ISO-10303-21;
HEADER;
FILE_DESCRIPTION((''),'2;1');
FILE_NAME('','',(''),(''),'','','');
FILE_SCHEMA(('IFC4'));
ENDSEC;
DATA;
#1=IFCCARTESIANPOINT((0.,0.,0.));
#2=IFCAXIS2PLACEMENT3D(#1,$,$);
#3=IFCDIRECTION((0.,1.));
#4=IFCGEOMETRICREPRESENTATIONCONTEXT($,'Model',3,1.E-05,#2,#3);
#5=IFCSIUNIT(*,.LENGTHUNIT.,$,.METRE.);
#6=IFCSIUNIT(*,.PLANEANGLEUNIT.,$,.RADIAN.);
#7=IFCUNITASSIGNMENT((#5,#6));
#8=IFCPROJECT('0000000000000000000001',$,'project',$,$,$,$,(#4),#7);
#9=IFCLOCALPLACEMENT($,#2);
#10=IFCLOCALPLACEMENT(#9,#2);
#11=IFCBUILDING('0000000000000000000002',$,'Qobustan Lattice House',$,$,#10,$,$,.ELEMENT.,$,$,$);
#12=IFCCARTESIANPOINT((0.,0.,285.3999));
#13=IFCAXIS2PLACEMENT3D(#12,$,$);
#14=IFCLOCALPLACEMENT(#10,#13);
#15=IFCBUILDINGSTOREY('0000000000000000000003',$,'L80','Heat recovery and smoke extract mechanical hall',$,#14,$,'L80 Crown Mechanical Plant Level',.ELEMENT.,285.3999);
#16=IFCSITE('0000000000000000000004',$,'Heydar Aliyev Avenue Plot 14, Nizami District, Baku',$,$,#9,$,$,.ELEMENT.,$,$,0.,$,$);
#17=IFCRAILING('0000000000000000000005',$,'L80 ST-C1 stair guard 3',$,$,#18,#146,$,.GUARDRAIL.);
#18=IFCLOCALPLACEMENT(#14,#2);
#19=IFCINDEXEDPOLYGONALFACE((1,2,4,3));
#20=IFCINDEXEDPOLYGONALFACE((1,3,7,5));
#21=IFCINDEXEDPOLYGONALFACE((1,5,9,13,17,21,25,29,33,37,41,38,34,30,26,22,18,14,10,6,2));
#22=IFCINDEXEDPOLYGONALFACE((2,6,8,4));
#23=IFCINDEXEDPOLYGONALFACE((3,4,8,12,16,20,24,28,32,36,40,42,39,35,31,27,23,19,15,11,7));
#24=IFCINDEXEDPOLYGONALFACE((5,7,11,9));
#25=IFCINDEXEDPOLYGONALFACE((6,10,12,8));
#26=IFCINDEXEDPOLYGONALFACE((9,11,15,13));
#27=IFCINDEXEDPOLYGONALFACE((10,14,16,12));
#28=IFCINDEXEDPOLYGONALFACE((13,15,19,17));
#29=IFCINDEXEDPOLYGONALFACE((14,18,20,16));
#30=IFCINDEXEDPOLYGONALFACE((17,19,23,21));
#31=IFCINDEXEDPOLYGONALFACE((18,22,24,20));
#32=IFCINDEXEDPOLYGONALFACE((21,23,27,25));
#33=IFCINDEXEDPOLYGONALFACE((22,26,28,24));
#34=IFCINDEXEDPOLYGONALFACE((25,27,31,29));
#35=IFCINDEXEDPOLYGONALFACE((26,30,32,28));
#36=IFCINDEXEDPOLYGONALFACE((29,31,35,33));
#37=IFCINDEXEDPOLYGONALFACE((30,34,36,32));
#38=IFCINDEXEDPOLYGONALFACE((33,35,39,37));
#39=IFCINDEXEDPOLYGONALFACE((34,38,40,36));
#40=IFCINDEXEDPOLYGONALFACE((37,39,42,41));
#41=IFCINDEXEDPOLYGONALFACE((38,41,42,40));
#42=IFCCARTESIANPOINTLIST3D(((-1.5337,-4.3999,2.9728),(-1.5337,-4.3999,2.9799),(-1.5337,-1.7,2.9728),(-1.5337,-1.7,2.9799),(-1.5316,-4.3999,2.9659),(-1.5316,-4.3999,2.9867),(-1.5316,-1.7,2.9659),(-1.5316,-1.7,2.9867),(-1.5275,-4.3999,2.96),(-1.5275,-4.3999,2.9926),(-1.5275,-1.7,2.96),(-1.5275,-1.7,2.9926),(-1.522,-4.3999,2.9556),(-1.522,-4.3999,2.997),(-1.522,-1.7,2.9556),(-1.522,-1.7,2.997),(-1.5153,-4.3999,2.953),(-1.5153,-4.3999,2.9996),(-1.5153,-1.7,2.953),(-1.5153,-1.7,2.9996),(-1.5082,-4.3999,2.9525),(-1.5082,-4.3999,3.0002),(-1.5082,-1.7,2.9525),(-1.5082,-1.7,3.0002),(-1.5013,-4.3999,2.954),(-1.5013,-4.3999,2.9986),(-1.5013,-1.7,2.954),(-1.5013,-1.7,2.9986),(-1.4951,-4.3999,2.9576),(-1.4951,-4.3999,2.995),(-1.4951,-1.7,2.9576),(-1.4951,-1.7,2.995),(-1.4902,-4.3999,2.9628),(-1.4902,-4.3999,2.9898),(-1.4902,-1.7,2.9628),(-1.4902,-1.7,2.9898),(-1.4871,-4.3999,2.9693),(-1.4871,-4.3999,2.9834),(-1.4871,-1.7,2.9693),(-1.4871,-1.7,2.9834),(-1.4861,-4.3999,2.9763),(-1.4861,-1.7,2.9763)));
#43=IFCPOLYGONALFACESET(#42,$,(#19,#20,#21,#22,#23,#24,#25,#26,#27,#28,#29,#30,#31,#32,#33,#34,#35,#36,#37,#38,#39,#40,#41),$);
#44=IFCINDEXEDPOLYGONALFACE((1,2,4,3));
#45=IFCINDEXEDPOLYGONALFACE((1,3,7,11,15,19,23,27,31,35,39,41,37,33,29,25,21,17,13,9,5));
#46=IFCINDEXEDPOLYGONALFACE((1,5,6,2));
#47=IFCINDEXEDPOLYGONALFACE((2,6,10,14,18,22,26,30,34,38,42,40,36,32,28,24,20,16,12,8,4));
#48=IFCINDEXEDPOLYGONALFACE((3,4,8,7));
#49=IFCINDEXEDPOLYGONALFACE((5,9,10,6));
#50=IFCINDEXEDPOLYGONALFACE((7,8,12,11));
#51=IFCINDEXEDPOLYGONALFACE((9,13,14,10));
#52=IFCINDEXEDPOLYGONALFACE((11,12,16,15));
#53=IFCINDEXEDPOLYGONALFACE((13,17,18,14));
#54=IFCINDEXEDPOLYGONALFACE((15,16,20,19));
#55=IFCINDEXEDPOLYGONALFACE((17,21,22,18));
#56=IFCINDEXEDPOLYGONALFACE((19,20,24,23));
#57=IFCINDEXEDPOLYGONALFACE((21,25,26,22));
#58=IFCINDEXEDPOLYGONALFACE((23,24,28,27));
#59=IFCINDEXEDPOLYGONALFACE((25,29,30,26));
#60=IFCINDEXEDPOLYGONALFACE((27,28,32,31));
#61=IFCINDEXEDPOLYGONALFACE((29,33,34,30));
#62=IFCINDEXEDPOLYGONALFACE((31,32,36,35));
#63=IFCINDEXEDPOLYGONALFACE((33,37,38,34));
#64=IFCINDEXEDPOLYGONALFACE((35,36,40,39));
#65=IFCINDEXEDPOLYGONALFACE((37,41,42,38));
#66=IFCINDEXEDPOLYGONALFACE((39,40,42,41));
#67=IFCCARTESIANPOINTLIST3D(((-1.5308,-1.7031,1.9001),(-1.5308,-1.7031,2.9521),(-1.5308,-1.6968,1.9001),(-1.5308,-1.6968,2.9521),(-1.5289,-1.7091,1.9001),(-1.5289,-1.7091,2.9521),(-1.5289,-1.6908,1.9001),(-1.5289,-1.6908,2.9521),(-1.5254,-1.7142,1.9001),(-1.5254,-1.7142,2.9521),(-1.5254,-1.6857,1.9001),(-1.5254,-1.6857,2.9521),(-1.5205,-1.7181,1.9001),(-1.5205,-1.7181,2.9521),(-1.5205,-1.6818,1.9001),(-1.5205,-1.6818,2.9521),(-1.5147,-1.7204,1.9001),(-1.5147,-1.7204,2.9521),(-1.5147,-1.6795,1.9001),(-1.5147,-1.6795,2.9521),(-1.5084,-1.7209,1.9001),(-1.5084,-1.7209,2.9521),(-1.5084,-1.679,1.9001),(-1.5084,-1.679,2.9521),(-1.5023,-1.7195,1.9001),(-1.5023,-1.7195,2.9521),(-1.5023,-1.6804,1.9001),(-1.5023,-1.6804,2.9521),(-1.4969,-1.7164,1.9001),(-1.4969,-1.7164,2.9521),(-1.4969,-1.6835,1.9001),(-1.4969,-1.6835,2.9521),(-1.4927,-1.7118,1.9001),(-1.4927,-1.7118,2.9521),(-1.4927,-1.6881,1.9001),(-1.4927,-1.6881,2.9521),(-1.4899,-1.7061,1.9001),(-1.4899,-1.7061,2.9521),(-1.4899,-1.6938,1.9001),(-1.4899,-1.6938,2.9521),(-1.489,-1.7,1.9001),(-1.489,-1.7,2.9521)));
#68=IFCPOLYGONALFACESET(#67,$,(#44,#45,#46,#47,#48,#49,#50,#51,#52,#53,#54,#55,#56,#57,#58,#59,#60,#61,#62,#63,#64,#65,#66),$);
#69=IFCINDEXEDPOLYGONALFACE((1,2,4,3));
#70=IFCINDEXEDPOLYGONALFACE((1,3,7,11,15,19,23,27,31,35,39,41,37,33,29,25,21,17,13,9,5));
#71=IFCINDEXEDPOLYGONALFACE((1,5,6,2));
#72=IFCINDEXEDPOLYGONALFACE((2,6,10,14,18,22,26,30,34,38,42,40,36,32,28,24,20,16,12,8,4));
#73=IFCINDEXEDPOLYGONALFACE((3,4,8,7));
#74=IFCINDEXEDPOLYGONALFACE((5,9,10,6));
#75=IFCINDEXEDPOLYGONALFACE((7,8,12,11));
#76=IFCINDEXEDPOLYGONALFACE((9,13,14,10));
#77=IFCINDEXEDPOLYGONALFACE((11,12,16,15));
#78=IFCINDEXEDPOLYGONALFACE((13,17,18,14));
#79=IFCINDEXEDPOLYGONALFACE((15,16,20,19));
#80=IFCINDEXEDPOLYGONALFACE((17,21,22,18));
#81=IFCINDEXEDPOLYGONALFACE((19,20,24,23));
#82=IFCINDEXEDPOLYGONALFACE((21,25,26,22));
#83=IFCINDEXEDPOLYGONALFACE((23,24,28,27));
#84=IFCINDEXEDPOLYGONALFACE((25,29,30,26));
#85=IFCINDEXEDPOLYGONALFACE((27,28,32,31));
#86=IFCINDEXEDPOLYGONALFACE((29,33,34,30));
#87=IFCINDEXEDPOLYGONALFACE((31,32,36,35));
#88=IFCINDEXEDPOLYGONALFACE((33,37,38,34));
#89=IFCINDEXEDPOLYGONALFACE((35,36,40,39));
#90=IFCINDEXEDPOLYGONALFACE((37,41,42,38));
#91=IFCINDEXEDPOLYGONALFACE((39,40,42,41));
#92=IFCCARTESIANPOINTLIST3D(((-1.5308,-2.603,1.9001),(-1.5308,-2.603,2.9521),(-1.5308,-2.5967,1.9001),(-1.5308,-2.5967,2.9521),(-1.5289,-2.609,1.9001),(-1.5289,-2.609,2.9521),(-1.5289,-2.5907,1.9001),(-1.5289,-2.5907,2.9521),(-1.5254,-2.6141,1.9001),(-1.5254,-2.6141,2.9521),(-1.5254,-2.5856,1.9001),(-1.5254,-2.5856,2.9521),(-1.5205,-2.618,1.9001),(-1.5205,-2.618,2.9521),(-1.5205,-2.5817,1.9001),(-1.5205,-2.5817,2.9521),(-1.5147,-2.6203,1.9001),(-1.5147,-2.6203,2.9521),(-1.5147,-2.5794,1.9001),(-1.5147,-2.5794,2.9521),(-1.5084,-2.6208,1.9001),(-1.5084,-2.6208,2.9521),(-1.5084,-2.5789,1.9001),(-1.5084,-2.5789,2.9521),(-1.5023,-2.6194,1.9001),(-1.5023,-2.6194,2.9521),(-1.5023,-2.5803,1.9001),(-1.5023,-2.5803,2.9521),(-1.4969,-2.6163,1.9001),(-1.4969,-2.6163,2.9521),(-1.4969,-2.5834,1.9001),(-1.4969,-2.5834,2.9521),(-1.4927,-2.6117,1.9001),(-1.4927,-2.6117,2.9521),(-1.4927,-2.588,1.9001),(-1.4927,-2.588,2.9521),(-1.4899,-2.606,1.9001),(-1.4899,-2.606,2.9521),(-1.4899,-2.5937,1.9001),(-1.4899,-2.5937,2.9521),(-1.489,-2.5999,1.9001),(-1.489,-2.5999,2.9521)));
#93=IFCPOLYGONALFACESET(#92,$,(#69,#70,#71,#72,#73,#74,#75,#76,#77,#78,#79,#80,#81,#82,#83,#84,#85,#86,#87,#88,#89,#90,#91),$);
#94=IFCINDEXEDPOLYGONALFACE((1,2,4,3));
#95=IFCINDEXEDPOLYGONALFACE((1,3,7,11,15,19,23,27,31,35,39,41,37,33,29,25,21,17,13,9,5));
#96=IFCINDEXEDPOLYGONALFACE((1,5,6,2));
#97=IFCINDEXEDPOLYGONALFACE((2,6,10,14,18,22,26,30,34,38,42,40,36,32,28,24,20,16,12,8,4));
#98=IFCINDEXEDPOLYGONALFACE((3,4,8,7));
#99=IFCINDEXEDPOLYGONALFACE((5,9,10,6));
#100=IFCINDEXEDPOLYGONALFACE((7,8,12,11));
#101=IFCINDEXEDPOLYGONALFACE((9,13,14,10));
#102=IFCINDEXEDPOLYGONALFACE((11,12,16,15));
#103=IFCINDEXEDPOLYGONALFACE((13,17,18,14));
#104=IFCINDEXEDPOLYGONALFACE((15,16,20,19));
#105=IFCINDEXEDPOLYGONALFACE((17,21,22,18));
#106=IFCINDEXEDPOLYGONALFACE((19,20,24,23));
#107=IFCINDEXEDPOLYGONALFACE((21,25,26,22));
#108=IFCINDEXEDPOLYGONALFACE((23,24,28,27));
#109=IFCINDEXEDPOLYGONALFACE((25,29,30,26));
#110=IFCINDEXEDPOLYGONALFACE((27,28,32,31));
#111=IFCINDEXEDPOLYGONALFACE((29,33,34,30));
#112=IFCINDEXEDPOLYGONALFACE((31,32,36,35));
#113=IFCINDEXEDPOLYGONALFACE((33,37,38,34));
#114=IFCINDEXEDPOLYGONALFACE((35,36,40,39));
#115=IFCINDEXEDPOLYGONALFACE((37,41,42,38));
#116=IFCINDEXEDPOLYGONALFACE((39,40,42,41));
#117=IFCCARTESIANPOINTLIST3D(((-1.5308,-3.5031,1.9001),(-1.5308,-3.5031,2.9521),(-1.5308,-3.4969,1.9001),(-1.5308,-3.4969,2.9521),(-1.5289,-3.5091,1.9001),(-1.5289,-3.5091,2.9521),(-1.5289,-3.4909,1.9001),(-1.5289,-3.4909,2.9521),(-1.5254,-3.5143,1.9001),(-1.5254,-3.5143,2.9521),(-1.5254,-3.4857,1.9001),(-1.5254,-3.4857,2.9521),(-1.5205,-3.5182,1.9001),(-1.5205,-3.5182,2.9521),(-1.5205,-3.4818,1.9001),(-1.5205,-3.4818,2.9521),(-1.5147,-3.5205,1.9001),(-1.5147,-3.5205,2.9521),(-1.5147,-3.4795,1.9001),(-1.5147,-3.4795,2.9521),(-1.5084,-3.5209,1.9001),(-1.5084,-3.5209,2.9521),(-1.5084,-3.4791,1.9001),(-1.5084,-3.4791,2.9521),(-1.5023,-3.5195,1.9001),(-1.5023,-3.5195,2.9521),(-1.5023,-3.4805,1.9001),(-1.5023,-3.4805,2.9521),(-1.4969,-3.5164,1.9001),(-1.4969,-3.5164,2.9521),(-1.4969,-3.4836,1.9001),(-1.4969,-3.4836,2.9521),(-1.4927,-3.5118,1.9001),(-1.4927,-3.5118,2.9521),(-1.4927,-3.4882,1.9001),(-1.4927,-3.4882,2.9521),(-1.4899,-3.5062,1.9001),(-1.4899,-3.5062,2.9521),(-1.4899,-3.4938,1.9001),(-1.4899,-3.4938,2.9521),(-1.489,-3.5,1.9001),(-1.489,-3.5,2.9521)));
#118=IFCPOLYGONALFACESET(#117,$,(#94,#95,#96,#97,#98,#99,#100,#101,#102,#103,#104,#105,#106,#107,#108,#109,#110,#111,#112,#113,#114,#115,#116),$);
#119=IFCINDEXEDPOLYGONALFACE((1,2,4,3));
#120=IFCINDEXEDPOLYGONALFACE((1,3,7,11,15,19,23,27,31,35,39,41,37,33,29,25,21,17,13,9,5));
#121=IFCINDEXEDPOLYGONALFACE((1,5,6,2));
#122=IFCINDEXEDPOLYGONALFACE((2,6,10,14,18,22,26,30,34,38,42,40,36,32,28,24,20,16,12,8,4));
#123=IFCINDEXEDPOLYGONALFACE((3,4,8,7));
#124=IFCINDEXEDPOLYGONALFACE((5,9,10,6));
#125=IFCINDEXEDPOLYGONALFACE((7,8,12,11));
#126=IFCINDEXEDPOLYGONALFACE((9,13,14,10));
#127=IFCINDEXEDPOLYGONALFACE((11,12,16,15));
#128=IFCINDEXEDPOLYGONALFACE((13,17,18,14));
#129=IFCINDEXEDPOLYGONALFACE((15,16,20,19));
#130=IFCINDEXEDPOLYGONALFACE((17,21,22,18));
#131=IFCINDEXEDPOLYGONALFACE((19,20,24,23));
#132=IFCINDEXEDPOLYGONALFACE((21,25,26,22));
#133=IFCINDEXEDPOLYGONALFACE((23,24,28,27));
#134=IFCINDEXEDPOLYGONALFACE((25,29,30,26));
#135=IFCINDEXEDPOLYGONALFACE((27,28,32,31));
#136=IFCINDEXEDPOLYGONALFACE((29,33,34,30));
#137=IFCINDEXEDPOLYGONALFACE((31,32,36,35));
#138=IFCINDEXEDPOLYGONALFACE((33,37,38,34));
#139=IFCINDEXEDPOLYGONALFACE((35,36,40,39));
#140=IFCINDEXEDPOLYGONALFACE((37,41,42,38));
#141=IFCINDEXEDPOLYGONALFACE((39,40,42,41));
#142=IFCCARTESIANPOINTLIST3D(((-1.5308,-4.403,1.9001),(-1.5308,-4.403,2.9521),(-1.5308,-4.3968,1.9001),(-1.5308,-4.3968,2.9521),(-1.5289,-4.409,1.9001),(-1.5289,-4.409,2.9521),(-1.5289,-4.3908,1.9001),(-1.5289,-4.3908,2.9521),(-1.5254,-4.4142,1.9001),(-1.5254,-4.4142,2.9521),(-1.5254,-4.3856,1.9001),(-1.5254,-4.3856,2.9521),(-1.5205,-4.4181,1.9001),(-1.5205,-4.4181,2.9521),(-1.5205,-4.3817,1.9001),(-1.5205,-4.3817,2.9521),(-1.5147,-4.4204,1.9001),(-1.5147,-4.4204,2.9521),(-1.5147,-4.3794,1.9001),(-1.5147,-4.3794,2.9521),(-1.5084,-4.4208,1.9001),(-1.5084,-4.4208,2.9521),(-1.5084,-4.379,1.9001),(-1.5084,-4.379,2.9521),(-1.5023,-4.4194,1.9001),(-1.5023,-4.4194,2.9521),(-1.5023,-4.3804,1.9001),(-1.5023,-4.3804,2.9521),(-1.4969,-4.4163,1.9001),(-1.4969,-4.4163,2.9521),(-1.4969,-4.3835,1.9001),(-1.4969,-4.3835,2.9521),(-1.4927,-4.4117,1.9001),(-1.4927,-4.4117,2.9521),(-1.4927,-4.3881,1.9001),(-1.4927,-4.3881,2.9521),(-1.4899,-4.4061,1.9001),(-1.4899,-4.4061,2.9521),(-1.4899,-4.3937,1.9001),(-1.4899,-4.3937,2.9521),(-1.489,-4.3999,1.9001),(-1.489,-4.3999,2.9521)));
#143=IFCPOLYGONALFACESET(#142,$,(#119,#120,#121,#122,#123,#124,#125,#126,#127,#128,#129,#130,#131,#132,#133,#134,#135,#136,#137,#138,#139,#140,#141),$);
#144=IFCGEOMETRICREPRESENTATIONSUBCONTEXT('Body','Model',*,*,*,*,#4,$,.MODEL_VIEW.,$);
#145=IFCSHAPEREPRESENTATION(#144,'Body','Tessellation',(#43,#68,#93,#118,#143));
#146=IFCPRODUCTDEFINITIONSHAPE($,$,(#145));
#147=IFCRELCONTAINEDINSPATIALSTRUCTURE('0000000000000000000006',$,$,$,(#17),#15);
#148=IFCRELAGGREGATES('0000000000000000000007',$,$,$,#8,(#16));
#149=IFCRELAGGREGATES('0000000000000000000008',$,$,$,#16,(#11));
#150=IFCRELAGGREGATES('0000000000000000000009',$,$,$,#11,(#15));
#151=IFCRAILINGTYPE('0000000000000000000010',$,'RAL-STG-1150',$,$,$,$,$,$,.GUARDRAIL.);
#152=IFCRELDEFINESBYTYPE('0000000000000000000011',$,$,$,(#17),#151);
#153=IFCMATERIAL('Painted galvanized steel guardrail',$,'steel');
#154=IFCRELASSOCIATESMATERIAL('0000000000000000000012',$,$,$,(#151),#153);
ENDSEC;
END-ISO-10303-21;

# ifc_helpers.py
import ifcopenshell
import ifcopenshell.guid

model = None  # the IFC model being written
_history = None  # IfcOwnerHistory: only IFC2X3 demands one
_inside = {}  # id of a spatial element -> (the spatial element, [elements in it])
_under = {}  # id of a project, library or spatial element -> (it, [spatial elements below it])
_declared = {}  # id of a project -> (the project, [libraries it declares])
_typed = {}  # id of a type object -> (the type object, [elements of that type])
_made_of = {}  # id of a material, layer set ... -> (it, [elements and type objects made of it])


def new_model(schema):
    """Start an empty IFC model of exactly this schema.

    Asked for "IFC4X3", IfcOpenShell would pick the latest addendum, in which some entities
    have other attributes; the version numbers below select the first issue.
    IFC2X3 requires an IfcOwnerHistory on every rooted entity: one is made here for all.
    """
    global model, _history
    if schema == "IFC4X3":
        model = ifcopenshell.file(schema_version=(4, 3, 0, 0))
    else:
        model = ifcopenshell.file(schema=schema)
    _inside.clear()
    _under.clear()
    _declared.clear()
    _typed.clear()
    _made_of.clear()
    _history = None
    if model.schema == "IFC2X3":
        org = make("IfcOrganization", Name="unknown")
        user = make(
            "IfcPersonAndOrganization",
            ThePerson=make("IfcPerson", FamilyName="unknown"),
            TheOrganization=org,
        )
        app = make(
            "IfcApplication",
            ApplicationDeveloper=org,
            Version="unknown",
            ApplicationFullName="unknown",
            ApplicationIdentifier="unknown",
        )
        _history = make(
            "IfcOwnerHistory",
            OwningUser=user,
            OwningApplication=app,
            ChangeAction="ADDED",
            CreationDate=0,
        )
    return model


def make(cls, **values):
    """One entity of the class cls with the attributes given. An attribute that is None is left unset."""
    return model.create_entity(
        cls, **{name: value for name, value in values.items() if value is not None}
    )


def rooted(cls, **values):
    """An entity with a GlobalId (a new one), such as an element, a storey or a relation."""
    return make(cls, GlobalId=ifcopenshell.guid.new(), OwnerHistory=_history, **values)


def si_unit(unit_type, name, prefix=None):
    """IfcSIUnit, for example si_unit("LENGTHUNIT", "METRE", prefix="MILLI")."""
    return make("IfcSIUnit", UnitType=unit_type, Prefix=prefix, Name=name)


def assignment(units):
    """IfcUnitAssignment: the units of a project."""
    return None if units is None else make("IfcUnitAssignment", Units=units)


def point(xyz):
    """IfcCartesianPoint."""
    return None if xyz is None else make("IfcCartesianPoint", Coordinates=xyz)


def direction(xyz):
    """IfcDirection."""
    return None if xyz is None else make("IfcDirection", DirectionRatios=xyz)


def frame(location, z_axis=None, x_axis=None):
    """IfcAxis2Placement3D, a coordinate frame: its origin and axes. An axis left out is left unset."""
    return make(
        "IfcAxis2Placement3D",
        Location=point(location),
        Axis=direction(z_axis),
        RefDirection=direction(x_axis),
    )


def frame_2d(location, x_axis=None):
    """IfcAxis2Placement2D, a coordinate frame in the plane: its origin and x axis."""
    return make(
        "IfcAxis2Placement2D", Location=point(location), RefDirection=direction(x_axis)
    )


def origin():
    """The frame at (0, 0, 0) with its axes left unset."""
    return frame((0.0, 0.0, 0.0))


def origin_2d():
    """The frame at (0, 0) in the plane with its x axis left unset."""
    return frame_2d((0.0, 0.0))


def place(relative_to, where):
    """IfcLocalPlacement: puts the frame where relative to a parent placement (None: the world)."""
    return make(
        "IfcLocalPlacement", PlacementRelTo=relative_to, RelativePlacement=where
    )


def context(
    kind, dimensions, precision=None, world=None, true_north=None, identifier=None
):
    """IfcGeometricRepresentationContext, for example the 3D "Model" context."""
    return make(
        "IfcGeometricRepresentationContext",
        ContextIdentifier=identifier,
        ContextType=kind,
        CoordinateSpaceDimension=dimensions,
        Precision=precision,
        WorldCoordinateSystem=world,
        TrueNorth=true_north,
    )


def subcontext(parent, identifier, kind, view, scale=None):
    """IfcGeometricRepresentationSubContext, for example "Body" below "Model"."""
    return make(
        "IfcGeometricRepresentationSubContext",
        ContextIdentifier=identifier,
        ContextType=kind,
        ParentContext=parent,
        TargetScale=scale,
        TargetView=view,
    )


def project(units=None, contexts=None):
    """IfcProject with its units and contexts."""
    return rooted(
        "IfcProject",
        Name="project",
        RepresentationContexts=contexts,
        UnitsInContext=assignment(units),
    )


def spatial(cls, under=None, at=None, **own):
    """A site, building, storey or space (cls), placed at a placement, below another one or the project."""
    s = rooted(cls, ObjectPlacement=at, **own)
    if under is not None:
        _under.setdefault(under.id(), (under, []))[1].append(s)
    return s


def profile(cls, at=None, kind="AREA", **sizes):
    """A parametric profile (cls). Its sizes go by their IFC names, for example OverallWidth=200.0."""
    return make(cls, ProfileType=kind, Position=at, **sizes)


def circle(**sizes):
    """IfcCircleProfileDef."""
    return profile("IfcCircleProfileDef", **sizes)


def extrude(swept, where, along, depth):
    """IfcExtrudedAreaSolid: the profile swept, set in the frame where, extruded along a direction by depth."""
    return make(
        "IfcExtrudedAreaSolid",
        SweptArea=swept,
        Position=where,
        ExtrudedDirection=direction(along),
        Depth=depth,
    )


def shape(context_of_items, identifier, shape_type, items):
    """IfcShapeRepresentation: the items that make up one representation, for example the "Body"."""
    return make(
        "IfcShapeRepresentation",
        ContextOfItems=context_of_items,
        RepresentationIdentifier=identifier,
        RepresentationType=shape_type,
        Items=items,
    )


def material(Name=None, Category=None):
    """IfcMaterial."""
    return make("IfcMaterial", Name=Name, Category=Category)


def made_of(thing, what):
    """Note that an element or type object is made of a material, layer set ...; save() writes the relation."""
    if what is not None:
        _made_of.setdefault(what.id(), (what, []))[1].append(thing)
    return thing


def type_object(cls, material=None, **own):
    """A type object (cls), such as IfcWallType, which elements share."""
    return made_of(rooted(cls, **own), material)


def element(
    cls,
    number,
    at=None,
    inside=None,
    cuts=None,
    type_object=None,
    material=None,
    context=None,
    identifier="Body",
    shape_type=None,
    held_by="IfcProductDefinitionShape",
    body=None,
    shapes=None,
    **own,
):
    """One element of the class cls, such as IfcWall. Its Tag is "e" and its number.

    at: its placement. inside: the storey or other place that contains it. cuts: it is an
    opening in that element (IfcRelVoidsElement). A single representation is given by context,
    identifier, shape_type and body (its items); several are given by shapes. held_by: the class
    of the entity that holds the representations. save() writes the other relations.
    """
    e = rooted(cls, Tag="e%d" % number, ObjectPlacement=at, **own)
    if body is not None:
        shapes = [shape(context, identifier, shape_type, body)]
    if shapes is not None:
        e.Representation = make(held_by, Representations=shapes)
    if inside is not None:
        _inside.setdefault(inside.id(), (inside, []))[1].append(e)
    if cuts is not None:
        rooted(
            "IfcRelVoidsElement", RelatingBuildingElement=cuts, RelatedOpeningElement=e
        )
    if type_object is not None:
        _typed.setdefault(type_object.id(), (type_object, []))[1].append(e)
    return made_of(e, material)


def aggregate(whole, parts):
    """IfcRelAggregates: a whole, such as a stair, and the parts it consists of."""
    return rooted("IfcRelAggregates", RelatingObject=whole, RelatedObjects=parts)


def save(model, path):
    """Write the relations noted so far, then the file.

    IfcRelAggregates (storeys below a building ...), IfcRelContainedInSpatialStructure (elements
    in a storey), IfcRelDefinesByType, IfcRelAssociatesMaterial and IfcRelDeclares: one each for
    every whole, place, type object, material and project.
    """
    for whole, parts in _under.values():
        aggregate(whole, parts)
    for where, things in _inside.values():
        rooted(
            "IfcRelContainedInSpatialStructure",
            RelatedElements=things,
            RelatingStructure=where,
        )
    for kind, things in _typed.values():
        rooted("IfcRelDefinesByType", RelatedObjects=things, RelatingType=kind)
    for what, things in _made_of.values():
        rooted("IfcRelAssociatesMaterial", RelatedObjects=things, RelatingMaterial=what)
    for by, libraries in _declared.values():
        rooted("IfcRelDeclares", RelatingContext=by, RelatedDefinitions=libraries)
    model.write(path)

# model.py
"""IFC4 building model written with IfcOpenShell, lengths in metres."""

from ifc_helpers import new_model, si_unit, direction, frame, origin, origin_2d, place, context, subcontext, project, spatial, circle, extrude, material, type_object, element, save


model = new_model("IFC4")

# Units and contexts
model_context = context("Model", 3, precision=1e-05, world=origin(), true_north=direction((0.0, 1.0)))
body_context = subcontext(model_context, "Body", "Model", "MODEL_VIEW")
ifc_project = project(units=[si_unit("LENGTHUNIT", "METRE"), si_unit("PLANEANGLEUNIT", "RADIAN")], contexts=[model_context])

# Site, building, storey
site_placement = place(None, origin())
site = spatial("IfcSite", under=ifc_project, at=site_placement, Name="Heydar Aliyev Avenue Plot 14, Nizami District, Baku", CompositionType="ELEMENT", RefElevation=0.0)
building_placement = place(site_placement, origin())
building = spatial("IfcBuilding", under=site, at=building_placement, Name="Qobustan Lattice House", CompositionType="ELEMENT")
storey_placement = place(building_placement, frame((0.0, 0.0, 285.3999)))
storey = spatial("IfcBuildingStorey", under=building, at=storey_placement, Name="L80", Description="Heat recovery and smoke extract mechanical hall", LongName="L80 Crown Mechanical Plant Level", CompositionType="ELEMENT", Elevation=285.3999)

# Railing
ifc_material_1 = material(Name="Painted galvanized steel guardrail", Category="steel")
railing_type = type_object("IfcRailingType", Name="RAL-STG-1150", PredefinedType="GUARDRAIL", material=ifc_material_1)
railing_1_placement = place(storey_placement, frame((-1.51, -1.7, 1.9001)))
element("IfcRailing", 1, at=railing_1_placement, inside=storey, type_object=railing_type, Name="L80 ST-C1 stair guard 3", PredefinedType="GUARDRAIL", context=body_context, shape_type="SweptSolid", body=[
    extrude(circle(Radius=0.0239, at=origin_2d()), frame((0.0, 0.0, 1.0762), z_axis=(0.0, -1.0, 0.0), x_axis=(1.0, 0.0, 0.0)), (0.0, 0.0, 1.0), 2.7),
    extrude(circle(Radius=0.021, at=origin_2d()), origin(), (0.0, 0.0, 1.0), 1.052),
    extrude(circle(Radius=0.021, at=origin_2d()), frame((0.0, -0.8999, 0.0)), (0.0, 0.0, 1.0), 1.052),
    extrude(circle(Radius=0.021, at=origin_2d()), frame((0.0, -1.8, 0.0)), (0.0, 0.0, 1.0), 1.052),
    extrude(circle(Radius=0.021, at=origin_2d()), frame((0.0, -2.7, 0.0)), (0.0, 0.0, 1.0), 1.052),
])

save(model, "model.ifc")
